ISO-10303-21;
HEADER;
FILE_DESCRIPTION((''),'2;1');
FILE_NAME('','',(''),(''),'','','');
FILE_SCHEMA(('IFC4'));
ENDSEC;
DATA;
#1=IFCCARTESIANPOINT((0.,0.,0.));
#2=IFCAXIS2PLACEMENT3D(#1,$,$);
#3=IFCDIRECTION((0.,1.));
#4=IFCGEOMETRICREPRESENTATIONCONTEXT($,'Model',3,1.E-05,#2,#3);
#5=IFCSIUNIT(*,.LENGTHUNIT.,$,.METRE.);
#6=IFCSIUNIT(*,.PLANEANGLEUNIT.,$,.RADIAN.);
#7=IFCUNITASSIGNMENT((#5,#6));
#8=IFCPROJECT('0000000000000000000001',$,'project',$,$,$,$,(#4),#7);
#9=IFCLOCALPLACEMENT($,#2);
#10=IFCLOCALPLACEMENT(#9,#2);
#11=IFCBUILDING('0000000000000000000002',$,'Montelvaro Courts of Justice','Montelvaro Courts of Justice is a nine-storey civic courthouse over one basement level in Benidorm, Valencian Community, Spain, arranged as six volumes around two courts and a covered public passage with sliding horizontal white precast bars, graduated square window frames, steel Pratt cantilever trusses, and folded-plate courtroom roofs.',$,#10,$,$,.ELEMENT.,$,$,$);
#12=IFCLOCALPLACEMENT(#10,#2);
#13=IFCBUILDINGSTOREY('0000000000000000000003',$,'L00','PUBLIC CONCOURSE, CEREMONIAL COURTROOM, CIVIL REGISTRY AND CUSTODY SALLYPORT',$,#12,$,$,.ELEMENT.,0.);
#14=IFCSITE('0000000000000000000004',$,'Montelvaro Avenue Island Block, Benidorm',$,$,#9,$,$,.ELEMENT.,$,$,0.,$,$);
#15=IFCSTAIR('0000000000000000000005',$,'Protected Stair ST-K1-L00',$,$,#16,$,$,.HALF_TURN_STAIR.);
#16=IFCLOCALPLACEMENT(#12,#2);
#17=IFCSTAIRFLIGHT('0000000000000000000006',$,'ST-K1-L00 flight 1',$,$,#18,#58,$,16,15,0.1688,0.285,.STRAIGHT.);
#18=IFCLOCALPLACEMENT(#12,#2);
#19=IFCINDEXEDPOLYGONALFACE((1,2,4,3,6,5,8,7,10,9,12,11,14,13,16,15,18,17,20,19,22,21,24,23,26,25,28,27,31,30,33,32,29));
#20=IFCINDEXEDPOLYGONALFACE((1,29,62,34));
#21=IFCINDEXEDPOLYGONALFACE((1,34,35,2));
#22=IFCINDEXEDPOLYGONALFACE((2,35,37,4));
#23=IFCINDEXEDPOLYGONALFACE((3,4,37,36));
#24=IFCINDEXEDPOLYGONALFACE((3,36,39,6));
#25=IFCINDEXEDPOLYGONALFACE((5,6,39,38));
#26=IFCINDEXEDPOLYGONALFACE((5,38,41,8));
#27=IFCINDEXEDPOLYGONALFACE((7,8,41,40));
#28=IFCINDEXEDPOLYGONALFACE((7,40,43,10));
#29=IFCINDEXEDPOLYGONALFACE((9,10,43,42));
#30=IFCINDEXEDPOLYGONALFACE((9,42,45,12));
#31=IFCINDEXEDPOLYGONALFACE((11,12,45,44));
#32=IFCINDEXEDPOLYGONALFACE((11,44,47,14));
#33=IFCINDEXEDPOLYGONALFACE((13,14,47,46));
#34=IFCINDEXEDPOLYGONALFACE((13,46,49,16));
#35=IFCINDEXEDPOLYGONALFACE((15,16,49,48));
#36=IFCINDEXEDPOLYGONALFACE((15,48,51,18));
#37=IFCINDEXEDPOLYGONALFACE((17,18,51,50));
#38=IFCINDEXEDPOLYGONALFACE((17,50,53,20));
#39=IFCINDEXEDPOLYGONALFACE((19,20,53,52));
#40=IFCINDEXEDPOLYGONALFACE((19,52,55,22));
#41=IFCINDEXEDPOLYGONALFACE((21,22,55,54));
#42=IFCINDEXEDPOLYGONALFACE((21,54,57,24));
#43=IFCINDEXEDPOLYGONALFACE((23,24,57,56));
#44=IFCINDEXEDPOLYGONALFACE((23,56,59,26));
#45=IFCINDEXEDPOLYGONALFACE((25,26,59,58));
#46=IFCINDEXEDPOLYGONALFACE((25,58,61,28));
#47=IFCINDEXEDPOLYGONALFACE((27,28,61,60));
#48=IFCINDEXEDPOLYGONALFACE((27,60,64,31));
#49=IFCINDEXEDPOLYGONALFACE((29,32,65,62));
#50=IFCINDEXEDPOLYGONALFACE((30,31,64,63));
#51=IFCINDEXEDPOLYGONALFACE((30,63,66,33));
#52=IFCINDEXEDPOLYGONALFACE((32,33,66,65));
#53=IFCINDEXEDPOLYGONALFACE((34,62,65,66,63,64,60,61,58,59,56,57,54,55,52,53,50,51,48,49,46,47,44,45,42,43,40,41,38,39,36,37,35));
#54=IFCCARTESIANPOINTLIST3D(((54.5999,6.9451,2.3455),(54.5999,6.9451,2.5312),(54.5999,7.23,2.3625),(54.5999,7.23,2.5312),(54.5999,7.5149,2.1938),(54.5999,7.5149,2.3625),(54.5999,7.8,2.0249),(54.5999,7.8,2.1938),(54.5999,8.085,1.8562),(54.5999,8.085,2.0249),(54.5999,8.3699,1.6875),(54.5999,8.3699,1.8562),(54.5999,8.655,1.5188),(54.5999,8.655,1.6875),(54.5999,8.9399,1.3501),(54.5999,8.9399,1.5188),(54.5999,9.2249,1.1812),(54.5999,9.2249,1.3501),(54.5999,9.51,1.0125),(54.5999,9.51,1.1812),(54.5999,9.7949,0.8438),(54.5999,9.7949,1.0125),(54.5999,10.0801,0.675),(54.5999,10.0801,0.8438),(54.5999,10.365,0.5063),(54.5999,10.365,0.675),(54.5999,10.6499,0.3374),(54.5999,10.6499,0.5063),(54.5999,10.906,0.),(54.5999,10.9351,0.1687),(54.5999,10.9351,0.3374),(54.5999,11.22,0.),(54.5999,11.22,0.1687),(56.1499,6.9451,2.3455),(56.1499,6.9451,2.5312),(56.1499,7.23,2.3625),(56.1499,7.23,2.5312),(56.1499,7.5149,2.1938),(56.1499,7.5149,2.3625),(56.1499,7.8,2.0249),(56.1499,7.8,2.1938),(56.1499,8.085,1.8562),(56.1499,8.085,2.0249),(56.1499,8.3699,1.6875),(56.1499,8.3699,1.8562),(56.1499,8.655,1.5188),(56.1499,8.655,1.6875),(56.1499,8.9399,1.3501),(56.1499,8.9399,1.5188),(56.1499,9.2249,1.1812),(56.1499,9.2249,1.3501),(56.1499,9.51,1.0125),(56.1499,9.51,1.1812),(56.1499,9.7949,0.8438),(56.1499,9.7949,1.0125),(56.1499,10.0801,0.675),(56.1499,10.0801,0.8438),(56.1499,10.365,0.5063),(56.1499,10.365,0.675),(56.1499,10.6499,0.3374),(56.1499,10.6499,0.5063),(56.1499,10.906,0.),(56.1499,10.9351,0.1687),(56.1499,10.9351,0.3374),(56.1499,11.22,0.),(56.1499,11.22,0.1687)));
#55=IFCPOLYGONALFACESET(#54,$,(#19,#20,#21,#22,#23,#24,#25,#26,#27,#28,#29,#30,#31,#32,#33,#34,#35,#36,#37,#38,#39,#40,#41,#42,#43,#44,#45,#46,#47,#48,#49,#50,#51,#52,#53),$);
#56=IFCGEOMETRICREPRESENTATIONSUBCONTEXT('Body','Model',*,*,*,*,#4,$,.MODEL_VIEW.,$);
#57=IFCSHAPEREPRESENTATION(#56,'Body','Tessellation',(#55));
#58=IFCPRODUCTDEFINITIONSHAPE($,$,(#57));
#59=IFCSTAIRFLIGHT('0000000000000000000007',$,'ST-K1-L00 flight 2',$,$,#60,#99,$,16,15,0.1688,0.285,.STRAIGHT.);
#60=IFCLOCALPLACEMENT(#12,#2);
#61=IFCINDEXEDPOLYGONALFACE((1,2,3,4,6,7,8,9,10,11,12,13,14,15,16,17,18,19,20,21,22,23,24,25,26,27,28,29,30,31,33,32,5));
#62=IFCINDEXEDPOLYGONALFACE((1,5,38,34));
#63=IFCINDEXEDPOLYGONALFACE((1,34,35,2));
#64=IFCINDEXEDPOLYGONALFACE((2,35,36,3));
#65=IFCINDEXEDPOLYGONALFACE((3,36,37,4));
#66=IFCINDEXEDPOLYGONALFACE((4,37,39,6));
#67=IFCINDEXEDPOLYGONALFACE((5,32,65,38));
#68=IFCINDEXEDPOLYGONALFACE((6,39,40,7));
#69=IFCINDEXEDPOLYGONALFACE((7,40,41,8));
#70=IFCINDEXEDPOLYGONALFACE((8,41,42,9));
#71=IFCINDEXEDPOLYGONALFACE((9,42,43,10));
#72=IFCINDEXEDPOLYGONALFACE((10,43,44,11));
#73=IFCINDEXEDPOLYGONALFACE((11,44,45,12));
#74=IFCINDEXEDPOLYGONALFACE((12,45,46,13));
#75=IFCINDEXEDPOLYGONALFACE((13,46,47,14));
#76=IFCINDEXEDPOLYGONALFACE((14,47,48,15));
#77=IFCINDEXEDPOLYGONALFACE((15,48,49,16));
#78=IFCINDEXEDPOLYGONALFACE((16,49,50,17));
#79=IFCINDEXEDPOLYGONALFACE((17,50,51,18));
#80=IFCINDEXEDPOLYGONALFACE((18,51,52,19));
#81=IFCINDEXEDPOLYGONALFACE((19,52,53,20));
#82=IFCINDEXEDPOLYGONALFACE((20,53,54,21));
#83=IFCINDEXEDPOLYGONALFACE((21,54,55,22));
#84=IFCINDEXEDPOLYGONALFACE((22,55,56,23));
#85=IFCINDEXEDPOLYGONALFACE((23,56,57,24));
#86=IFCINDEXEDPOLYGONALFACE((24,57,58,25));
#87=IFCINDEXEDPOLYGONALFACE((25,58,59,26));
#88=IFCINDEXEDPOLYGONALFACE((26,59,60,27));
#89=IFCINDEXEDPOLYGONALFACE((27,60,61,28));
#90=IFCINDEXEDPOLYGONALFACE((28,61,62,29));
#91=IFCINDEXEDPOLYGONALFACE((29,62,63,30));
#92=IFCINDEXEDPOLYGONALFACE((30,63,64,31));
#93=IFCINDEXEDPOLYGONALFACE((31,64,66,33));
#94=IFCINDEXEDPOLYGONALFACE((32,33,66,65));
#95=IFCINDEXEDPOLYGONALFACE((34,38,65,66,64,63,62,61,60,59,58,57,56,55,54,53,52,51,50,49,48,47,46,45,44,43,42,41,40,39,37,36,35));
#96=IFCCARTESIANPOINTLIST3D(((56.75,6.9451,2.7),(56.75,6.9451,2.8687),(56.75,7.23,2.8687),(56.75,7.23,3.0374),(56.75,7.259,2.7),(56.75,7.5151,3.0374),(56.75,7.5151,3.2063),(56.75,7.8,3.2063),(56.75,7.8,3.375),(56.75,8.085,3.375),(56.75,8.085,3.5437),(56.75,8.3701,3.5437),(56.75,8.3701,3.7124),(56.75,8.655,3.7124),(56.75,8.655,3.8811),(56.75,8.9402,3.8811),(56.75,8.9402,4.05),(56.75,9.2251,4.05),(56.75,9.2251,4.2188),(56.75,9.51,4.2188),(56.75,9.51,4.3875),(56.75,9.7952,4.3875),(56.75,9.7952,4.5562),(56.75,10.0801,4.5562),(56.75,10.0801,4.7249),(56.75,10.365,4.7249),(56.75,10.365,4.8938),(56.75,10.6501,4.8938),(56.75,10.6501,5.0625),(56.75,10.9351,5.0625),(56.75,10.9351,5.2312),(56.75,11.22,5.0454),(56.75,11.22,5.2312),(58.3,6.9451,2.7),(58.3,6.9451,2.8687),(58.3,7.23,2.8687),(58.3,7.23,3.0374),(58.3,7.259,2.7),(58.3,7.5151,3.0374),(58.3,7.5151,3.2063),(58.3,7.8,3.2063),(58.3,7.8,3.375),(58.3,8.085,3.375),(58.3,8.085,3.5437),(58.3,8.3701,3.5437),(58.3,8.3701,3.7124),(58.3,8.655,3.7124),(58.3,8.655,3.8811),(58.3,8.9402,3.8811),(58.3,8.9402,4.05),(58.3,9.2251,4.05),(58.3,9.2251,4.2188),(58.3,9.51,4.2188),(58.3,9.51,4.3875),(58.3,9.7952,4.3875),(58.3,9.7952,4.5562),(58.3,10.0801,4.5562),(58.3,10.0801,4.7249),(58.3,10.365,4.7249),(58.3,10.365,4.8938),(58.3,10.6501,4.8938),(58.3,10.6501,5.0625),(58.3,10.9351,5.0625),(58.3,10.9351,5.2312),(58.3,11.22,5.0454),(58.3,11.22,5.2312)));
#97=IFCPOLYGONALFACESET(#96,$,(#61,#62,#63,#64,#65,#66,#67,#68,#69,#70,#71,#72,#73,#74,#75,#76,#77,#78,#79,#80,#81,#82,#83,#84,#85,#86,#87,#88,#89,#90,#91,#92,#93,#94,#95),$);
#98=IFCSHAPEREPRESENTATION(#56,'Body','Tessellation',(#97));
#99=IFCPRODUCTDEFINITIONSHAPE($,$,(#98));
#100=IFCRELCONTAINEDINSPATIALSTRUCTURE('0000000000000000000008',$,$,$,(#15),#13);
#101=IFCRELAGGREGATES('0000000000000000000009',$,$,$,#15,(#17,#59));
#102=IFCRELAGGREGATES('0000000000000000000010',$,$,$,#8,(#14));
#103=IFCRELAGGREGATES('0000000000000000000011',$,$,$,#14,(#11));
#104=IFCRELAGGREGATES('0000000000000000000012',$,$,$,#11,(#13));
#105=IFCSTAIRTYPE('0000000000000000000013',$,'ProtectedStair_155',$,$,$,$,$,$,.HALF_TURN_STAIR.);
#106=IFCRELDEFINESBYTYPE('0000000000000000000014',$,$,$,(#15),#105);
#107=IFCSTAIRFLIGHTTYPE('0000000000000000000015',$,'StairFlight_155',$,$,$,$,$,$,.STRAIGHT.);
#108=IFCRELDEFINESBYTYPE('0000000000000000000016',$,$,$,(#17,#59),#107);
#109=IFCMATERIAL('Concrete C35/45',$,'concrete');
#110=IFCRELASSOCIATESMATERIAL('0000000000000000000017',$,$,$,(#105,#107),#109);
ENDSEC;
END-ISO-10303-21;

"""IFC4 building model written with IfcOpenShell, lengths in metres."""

from ifc_helpers import new_model, si_unit, direction, frame, origin, place, context, subcontext, project, spatial, polyline, outline, extrude, material, type_object, element, aggregate, save


model = new_model("IFC4")

# Units and contexts
model_context = context("Model", 3, precision=1e-05, world=origin(), true_north=direction((0.0, 1.0)))
body_context = subcontext(model_context, "Body", "Model", "MODEL_VIEW")
ifc_project = project(units=[si_unit("LENGTHUNIT", "METRE"), si_unit("PLANEANGLEUNIT", "RADIAN")], contexts=[model_context])

# Site, building, storey
site_placement = place(None, origin())
site = spatial("IfcSite", under=ifc_project, at=site_placement, Name="Montelvaro Avenue Island Block, Benidorm", CompositionType="ELEMENT", RefElevation=0.0)
building_placement = place(site_placement, origin())
building = spatial("IfcBuilding", under=site, at=building_placement, Name="Montelvaro Courts of Justice", Description="Montelvaro Courts of Justice is a nine-storey civic courthouse over one basement level in Benidorm, Valencian Community, Spain, arranged as six volumes around two courts and a covered public passage with sliding horizontal white precast bars, graduated square window frames, steel Pratt cantilever trusses, and folded-plate courtroom roofs.", CompositionType="ELEMENT")
storey_placement = place(building_placement, origin())
storey = spatial("IfcBuildingStorey", under=building, at=storey_placement, Name="L00", Description="PUBLIC CONCOURSE, CEREMONIAL COURTROOM, CIVIL REGISTRY AND CUSTODY SALLYPORT", CompositionType="ELEMENT", Elevation=0.0)

# Shared definitions
ifc_material_1 = material(Name="Concrete C35/45", Category="concrete")

# Stair, stair flights
stair_type = type_object("IfcStairType", Name="ProtectedStair_155", PredefinedType="HALF_TURN_STAIR", material=ifc_material_1)
stair_placement = place(storey_placement, origin())
stair = element("IfcStair", 1, at=stair_placement, inside=storey, type_object=stair_type, Name="Protected Stair ST-K1-L00", PredefinedType="HALF_TURN_STAIR")
stair_flight_type = type_object("IfcStairFlightType", Name="StairFlight_155", PredefinedType="STRAIGHT", material=ifc_material_1)
stair_flight_1_placement = place(storey_placement, frame((55.375, 11.22, 0.0), z_axis=(0.0, 0.0, 1.0), x_axis=(0.0, -1.0, 0.0)))
stair_flight_1 = element("IfcStairFlight", 2, at=stair_flight_1_placement, type_object=stair_flight_type, Name="ST-K1-L00 flight 1", NumberOfRisers=16, NumberOfTreads=15, PredefinedType="STRAIGHT", RiserHeight=0.1688, TreadLength=0.285, context=body_context, shape_type="SweptSolid", body=[
    extrude(outline(polyline([(0.0, 0.0), (0.0, 0.1687), (0.2849, 0.1687), (0.2849, 0.3374), (0.5701, 0.3374), (0.5701, 0.5063), (0.855, 0.5063), (0.855, 0.675), (1.1399, 0.675), (1.1399, 0.8438), (1.425, 0.8438), (1.425, 1.0125), (1.71, 1.0125), (1.71, 1.1812), (1.9951, 1.1812), (1.9951, 1.3501), (2.28, 1.3501), (2.28, 1.5188), (2.5649, 1.5188), (2.5649, 1.6875), (2.8501, 1.6875), (2.8501, 1.8562), (3.135, 1.8562), (3.135, 2.0249), (3.4199, 2.0249), (3.4199, 2.1938), (3.7051, 2.1938), (3.7051, 2.3625), (3.99, 2.3625), (3.99, 2.5312), (4.2749, 2.5312), (4.2749, 2.7), (4.2749, 2.3455), (0.314, 0.0), (0.0, 0.0)])), frame((0.0, 0.7749, 0.0), z_axis=(0.0, -1.0, 0.0), x_axis=(1.0, 0.0, 0.0)), (0.0, 0.0, 1.0), 1.55),
])
stair_flight_2_placement = place(storey_placement, frame((57.5249, 6.9451, 2.7), z_axis=(0.0, 0.0, 1.0), x_axis=(0.0, 1.0, 0.0)))
stair_flight_2 = element("IfcStairFlight", 3, at=stair_flight_2_placement, type_object=stair_flight_type, Name="ST-K1-L00 flight 2", NumberOfRisers=16, NumberOfTreads=15, PredefinedType="STRAIGHT", RiserHeight=0.1688, TreadLength=0.285, context=body_context, shape_type="SweptSolid", body=[
    extrude(outline(polyline([(0.0, 0.0), (0.0, 0.1687), (0.2849, 0.1687), (0.2849, 0.3374), (0.5701, 0.3374), (0.5701, 0.5063), (0.855, 0.5063), (0.855, 0.675), (1.1399, 0.675), (1.1399, 0.8438), (1.425, 0.8438), (1.425, 1.0125), (1.71, 1.0125), (1.71, 1.1812), (1.9951, 1.1812), (1.9951, 1.3501), (2.28, 1.3501), (2.28, 1.5188), (2.5649, 1.5188), (2.5649, 1.6875), (2.8501, 1.6875), (2.8501, 1.8562), (3.135, 1.8562), (3.135, 2.0249), (3.4199, 2.0249), (3.4199, 2.1938), (3.7051, 2.1938), (3.7051, 2.3625), (3.99, 2.3625), (3.99, 2.5312), (4.2749, 2.5312), (4.2749, 2.7), (4.2749, 2.3455), (0.314, 0.0), (0.0, 0.0)])), frame((0.0, 0.7749, 0.0), z_axis=(0.0, -1.0, 0.0), x_axis=(1.0, 0.0, 0.0)), (0.0, 0.0, 1.0), 1.55),
])
aggregate(stair, [stair_flight_1, stair_flight_2])

save(model, "model.ifc")
